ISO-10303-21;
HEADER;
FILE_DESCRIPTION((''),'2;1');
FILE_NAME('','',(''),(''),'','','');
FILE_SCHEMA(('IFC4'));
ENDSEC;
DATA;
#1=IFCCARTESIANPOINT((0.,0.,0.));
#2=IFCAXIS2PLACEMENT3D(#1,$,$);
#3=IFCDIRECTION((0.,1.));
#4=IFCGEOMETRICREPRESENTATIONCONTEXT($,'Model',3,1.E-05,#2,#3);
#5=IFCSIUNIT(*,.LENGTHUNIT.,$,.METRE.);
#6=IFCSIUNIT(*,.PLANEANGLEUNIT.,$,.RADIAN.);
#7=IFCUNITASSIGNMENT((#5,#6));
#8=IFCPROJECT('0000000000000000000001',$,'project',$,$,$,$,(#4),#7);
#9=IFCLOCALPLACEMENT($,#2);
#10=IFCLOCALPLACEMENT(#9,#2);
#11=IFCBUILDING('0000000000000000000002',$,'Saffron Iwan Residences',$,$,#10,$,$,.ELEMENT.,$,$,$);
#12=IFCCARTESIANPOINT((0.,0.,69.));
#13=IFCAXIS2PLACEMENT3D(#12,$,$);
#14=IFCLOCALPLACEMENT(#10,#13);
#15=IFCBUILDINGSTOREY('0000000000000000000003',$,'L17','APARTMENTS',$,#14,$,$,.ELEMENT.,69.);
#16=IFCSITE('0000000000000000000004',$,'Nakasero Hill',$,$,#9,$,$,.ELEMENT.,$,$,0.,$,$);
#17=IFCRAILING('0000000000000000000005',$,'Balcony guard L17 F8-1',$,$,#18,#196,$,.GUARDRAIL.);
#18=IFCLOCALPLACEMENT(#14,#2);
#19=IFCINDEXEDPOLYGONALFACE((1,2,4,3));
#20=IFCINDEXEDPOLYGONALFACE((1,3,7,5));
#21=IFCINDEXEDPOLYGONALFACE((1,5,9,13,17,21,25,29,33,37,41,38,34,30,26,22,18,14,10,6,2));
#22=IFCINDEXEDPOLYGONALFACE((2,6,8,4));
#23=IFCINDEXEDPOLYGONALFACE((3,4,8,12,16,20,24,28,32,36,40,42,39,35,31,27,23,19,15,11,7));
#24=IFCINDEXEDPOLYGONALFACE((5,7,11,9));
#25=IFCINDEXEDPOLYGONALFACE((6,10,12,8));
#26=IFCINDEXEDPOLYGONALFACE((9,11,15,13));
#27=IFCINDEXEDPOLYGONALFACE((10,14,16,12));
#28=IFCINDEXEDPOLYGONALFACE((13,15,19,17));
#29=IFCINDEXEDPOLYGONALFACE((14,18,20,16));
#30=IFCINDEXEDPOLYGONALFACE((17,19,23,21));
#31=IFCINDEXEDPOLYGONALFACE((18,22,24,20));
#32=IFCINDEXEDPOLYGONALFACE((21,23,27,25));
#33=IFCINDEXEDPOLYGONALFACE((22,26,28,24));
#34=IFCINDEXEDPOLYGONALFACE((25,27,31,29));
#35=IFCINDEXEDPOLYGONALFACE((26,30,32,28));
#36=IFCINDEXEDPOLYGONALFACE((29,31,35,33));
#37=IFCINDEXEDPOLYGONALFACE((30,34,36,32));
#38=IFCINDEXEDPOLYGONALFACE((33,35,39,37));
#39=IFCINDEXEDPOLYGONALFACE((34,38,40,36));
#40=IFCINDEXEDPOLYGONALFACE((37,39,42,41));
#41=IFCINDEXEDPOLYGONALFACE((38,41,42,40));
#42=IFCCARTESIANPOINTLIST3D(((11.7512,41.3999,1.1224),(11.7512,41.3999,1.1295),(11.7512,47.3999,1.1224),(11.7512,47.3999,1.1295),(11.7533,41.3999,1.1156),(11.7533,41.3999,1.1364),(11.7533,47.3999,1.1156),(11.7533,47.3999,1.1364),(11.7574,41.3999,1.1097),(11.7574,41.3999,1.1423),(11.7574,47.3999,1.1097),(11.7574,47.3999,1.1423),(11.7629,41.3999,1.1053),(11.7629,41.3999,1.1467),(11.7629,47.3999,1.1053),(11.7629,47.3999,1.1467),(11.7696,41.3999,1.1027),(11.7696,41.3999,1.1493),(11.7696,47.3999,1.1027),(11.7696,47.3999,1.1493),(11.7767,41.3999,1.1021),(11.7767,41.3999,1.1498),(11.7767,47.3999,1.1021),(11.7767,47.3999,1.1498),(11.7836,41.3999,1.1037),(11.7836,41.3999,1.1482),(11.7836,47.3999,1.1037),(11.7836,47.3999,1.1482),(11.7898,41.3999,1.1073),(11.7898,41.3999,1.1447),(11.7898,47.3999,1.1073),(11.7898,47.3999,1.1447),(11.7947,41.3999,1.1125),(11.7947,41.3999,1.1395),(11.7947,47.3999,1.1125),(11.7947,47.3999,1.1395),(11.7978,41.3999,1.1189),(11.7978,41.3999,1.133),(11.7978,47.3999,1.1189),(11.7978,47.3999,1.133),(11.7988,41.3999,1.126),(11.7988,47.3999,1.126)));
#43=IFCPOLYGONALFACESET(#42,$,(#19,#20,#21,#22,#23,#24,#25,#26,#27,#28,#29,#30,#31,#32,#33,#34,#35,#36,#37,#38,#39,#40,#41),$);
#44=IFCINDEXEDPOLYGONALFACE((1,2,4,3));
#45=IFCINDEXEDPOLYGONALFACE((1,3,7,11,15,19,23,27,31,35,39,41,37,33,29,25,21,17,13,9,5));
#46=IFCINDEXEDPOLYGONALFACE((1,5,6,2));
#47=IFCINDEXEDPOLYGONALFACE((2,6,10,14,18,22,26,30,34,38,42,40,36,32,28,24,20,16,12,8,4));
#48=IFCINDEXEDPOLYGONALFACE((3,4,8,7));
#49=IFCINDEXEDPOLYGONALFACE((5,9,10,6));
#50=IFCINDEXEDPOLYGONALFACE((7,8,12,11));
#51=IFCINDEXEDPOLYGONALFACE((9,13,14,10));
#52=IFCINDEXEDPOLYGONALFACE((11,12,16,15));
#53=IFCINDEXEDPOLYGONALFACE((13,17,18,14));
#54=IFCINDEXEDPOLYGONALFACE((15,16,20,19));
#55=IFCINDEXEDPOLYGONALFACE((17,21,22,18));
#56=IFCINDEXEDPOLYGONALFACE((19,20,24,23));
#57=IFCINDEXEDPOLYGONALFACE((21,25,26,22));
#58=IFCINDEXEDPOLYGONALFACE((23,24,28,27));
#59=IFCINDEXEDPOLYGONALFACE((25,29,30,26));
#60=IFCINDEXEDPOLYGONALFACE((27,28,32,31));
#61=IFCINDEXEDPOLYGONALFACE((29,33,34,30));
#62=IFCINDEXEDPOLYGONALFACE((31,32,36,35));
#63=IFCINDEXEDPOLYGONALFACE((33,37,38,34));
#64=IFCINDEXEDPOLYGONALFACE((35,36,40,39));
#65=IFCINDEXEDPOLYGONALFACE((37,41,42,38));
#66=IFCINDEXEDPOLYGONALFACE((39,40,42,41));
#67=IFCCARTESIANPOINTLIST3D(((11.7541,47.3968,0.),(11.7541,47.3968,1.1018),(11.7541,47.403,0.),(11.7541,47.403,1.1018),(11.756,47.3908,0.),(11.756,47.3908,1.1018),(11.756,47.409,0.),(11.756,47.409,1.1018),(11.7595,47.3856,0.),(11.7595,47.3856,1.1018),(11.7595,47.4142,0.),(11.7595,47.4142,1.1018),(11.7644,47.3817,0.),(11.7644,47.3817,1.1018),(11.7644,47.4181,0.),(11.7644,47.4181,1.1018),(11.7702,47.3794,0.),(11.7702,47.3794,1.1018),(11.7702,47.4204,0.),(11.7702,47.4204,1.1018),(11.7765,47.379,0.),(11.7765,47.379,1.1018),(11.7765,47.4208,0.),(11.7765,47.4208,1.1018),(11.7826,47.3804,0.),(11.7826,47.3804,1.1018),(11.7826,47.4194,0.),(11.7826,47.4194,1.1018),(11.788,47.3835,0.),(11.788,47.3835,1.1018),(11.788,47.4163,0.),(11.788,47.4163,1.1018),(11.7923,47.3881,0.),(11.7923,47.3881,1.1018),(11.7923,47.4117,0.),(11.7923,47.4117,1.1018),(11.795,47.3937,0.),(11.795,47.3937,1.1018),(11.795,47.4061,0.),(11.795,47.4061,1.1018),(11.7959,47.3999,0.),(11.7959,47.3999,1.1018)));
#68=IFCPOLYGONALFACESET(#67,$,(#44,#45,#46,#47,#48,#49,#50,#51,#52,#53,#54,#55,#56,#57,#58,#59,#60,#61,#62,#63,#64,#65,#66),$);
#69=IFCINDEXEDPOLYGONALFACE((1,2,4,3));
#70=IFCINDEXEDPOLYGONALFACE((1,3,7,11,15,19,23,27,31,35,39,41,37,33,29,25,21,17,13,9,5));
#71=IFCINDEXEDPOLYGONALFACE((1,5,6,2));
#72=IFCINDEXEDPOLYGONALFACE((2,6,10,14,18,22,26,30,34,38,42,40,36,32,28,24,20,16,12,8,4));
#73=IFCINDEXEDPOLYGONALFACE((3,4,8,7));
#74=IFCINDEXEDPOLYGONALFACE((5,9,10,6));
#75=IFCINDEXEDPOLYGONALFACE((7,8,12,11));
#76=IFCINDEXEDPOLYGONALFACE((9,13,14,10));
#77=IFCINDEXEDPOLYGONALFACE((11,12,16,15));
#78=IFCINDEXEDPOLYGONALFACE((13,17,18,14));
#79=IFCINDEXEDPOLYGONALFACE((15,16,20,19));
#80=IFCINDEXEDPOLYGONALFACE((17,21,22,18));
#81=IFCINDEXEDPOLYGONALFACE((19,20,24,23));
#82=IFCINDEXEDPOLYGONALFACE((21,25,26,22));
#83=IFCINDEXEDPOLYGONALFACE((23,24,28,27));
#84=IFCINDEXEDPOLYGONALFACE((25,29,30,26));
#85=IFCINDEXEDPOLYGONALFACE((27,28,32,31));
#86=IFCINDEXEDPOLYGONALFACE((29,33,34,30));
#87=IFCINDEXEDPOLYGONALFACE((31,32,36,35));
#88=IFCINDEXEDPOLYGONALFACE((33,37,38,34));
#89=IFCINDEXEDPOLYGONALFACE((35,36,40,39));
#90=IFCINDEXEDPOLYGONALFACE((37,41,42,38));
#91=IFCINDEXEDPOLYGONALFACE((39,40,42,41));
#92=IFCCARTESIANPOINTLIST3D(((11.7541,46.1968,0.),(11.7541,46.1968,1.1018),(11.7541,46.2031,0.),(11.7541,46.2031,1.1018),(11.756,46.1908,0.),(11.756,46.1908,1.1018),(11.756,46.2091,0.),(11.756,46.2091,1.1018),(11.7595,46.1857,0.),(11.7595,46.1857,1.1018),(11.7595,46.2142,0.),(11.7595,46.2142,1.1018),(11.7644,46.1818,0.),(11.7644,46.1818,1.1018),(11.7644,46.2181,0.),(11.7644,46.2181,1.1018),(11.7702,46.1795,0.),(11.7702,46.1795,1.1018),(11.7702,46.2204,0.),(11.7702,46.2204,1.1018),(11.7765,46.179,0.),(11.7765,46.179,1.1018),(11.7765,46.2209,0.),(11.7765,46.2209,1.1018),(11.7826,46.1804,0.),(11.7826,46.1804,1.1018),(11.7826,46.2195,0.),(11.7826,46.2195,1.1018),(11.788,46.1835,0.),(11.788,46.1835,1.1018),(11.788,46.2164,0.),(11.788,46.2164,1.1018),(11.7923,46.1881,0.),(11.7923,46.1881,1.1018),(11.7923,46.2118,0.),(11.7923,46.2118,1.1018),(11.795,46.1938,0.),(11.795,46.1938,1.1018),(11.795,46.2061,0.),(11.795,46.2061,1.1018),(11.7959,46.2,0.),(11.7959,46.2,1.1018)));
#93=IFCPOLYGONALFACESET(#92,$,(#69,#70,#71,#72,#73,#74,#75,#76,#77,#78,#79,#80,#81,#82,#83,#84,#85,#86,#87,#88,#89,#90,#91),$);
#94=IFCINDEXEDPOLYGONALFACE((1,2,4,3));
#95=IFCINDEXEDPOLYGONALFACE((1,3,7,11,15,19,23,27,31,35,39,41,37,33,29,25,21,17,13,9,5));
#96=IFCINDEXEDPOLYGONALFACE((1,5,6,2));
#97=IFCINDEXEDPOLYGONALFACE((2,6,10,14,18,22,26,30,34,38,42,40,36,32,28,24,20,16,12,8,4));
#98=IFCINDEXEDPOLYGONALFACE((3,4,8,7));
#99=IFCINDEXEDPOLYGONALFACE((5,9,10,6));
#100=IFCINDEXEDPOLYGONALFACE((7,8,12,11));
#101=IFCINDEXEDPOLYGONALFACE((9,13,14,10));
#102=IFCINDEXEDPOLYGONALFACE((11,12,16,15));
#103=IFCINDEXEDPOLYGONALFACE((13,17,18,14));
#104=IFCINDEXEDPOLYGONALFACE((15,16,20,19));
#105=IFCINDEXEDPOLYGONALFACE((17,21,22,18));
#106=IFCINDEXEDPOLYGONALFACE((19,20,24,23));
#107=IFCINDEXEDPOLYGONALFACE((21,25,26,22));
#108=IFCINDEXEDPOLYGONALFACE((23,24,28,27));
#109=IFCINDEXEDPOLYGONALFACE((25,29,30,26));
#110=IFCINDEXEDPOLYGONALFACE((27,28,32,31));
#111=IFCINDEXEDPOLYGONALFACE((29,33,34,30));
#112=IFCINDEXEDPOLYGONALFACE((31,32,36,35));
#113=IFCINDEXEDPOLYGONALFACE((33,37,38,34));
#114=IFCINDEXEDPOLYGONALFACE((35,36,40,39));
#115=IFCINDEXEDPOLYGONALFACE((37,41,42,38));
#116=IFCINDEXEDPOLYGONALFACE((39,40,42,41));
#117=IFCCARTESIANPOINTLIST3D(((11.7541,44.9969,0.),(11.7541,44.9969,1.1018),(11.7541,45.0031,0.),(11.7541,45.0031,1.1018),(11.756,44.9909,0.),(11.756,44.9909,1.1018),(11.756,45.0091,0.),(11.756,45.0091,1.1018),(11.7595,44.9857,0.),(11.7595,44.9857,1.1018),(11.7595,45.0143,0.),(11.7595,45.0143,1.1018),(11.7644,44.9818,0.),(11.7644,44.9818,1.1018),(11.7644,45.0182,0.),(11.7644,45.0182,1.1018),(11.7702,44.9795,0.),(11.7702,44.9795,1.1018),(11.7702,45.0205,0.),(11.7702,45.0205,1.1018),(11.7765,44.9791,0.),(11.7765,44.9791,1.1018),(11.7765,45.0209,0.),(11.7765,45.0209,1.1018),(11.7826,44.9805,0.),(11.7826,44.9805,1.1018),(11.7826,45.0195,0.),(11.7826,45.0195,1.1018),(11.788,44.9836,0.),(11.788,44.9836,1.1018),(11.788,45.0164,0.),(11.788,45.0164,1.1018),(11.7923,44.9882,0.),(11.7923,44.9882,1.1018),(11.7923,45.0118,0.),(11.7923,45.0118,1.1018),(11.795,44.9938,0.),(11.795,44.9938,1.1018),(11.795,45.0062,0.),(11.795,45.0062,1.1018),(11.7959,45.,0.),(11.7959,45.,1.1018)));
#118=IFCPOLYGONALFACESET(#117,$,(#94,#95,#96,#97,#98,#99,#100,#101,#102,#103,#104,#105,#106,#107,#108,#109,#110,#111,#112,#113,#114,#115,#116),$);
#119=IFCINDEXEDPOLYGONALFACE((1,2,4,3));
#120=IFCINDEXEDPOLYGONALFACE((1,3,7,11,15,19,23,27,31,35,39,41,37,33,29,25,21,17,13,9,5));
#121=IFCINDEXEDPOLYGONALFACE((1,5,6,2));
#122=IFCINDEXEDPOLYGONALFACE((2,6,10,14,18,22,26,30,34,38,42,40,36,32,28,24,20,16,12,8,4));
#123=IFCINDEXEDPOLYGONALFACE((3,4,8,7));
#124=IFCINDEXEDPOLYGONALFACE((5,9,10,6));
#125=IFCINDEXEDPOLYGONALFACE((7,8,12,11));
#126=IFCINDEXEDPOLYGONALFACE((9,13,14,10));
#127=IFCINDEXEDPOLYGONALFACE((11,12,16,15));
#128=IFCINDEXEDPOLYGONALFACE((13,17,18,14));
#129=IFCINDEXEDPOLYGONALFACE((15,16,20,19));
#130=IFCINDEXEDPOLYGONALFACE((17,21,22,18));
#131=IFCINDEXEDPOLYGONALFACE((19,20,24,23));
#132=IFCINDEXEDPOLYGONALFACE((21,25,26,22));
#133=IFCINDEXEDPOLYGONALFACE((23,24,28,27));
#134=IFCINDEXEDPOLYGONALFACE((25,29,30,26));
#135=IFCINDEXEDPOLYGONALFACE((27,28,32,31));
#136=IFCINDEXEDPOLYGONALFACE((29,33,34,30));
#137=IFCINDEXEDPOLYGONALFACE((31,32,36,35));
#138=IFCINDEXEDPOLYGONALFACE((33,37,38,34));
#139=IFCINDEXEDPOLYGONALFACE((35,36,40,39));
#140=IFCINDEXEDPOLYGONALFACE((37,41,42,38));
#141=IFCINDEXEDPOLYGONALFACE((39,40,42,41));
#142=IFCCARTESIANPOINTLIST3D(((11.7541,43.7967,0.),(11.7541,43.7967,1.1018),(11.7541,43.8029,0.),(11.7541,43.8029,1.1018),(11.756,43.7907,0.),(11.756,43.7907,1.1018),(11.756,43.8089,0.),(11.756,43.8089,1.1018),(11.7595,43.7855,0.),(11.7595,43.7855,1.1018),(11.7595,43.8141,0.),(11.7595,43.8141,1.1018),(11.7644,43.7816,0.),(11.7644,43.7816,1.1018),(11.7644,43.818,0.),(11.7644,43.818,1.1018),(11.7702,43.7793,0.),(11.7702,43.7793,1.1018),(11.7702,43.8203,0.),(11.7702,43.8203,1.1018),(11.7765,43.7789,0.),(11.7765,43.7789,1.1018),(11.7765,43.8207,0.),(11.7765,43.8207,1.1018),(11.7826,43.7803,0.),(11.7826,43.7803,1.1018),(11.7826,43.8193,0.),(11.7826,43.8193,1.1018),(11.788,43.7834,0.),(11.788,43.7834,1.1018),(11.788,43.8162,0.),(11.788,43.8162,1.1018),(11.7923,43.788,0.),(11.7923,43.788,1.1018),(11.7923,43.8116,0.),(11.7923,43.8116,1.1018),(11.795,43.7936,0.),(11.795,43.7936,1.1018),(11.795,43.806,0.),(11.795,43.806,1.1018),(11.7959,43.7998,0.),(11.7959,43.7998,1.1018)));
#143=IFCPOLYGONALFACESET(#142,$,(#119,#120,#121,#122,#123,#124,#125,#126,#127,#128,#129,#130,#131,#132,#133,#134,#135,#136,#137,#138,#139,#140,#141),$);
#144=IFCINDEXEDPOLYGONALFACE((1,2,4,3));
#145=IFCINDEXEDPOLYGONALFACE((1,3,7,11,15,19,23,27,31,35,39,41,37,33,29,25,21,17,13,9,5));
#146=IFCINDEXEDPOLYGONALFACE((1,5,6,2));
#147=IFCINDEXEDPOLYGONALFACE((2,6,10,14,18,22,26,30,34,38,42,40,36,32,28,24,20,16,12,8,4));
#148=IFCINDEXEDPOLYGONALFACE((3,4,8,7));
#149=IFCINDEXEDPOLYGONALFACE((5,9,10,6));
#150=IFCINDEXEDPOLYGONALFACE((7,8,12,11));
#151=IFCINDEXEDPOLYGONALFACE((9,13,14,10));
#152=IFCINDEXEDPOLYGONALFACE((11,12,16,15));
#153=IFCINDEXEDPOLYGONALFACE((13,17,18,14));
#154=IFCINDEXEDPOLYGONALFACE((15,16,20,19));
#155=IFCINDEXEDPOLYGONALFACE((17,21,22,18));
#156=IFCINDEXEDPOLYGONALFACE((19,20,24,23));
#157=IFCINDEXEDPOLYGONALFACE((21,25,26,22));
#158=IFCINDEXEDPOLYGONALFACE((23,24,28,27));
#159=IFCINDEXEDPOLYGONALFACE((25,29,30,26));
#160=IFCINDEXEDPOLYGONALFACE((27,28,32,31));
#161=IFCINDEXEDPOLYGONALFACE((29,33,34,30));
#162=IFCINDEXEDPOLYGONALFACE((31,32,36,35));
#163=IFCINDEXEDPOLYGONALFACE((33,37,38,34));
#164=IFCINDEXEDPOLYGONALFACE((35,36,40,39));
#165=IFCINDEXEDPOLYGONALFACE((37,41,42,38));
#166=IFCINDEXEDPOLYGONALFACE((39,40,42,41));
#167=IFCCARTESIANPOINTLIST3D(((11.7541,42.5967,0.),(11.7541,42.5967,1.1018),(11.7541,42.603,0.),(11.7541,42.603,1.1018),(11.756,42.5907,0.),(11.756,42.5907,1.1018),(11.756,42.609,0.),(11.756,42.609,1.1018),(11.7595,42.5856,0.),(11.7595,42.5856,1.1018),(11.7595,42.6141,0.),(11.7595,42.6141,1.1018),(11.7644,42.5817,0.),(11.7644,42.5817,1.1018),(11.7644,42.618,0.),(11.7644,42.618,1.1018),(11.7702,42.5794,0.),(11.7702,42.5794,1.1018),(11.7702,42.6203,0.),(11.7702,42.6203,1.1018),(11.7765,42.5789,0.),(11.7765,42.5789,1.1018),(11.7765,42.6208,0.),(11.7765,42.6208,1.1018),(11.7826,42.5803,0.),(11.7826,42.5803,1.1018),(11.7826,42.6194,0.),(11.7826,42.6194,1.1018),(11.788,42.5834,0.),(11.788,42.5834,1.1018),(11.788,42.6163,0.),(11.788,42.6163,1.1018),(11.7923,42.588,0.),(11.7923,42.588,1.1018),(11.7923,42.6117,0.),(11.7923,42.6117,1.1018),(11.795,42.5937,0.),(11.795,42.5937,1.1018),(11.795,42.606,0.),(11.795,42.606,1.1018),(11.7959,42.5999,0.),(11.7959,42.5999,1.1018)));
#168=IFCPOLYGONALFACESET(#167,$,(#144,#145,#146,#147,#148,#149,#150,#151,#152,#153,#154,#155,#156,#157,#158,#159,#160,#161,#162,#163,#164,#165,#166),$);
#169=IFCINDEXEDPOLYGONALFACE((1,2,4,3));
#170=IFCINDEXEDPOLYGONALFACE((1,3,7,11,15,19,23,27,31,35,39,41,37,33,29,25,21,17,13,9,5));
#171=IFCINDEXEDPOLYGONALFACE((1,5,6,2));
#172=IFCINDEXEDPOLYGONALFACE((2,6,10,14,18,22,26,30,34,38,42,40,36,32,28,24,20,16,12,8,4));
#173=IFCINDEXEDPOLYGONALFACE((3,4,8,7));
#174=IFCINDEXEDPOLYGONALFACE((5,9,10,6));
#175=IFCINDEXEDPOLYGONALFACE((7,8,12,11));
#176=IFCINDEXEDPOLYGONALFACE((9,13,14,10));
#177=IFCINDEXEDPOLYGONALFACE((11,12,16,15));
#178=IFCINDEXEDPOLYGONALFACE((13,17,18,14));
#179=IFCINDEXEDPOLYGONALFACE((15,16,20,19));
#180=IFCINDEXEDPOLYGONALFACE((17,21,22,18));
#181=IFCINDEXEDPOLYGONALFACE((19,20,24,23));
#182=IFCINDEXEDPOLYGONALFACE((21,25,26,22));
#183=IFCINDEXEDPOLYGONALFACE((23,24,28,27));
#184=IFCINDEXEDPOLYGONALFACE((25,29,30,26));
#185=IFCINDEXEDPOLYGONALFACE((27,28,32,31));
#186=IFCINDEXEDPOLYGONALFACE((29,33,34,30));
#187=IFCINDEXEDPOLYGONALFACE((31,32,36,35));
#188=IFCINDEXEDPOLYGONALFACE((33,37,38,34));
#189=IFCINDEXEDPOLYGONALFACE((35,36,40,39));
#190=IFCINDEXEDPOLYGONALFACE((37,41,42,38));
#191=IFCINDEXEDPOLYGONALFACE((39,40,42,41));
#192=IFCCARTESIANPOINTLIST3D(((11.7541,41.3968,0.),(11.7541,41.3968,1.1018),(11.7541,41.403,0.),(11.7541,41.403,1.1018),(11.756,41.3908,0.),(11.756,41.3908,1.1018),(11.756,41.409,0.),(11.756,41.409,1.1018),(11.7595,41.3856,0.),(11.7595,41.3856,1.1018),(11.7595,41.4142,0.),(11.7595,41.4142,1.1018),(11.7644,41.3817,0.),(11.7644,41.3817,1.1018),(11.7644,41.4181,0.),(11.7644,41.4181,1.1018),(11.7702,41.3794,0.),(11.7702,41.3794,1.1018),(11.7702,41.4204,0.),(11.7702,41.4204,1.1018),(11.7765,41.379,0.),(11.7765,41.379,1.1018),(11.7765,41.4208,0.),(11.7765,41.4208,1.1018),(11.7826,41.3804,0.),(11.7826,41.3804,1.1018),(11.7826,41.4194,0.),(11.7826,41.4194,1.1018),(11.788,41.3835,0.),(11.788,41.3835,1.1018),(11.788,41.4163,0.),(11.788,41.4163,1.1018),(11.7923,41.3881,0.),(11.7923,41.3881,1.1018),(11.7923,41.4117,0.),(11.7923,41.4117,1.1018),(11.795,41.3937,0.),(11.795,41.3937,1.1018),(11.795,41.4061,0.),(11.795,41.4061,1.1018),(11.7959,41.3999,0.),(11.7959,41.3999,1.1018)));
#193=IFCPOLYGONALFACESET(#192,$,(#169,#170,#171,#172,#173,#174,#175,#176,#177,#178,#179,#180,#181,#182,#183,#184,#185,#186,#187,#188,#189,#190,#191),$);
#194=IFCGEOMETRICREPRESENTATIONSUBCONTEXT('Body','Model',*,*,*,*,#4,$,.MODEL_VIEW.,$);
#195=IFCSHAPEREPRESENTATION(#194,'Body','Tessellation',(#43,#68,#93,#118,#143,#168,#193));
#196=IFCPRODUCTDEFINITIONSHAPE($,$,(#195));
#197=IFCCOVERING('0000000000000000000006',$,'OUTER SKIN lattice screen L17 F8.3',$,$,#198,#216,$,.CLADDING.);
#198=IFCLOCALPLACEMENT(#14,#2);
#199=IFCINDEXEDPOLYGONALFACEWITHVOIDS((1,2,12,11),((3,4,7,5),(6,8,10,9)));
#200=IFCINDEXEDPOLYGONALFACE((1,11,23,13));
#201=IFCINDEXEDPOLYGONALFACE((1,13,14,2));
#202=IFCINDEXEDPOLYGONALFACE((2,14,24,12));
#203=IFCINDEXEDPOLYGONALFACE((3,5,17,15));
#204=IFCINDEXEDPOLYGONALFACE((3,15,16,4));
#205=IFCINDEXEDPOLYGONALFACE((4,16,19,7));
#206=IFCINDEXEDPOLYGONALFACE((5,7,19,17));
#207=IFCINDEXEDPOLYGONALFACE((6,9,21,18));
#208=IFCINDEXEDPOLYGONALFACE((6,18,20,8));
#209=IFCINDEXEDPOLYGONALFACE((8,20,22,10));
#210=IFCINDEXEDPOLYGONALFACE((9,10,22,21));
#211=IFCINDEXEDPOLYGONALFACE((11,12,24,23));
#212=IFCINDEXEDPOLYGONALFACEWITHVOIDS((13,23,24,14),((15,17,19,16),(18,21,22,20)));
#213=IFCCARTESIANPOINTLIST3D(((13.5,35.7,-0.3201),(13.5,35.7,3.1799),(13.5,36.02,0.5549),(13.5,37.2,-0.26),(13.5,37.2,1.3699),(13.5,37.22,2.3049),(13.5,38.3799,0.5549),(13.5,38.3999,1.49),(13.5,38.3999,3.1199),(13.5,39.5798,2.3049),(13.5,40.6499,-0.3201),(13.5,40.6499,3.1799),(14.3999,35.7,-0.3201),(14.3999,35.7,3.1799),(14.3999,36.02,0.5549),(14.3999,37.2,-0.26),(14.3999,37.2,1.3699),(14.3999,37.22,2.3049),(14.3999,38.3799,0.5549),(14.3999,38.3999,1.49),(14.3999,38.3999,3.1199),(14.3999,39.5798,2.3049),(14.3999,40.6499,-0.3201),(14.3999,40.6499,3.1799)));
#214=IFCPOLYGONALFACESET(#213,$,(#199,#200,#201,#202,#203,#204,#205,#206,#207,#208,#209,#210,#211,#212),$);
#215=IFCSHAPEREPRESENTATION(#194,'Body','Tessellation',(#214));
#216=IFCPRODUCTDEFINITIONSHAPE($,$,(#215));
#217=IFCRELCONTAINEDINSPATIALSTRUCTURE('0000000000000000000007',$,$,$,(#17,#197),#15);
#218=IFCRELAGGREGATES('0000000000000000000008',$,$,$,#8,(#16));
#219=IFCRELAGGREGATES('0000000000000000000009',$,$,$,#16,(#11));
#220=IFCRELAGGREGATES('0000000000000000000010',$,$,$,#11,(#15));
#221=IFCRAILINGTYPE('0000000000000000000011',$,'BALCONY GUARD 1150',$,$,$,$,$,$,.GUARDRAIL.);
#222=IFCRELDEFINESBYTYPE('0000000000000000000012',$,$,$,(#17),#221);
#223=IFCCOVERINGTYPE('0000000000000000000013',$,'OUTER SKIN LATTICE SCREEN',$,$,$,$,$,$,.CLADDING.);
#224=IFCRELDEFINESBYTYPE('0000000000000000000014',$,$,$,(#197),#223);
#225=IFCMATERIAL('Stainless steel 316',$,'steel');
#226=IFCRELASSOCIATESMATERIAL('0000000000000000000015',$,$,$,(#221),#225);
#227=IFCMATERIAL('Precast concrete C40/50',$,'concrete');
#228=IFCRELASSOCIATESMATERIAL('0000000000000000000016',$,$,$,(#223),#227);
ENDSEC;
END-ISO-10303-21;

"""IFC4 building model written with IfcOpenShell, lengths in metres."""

from ifc_helpers import new_model, si_unit, direction, frame, origin, origin_2d, place, context, subcontext, project, spatial, polyline, circle, outline, extrude, material, type_object, element, save


model = new_model("IFC4")

# Units and contexts
model_context = context("Model", 3, precision=1e-05, world=origin(), true_north=direction((0.0, 1.0)))
body_context = subcontext(model_context, "Body", "Model", "MODEL_VIEW")
ifc_project = project(units=[si_unit("LENGTHUNIT", "METRE"), si_unit("PLANEANGLEUNIT", "RADIAN")], contexts=[model_context])

# Site, building, storey
site_placement = place(None, origin())
site = spatial("IfcSite", under=ifc_project, at=site_placement, Name="Nakasero Hill", CompositionType="ELEMENT", RefElevation=0.0)
building_placement = place(site_placement, origin())
building = spatial("IfcBuilding", under=site, at=building_placement, Name="Saffron Iwan Residences", CompositionType="ELEMENT")
storey_placement = place(building_placement, frame((0.0, 0.0, 69.0)))
storey = spatial("IfcBuildingStorey", under=building, at=storey_placement, Name="L17", Description="APARTMENTS", CompositionType="ELEMENT", Elevation=69.0)

# Railing
ifc_material_1 = material(Name="Stainless steel 316", Category="steel")
railing_type = type_object("IfcRailingType", Name="BALCONY GUARD 1150", PredefinedType="GUARDRAIL", material=ifc_material_1)
railing_placement = place(storey_placement, frame((11.7749, 47.3999, 0.0)))
element("IfcRailing", 1, at=railing_placement, inside=storey, type_object=railing_type, Name="Balcony guard L17 F8-1", PredefinedType="GUARDRAIL", context=body_context, shape_type="SweptSolid", body=[
    extrude(circle(Radius=0.0239, at=origin_2d()), frame((0.0, 0.0, 1.126), z_axis=(0.0, -1.0, 0.0), x_axis=(1.0, 0.0, 0.0)), (0.0, 0.0, 1.0), 6.0),
    extrude(circle(Radius=0.021, at=origin_2d()), origin(), (0.0, 0.0, 1.0), 1.1018),
    extrude(circle(Radius=0.021, at=origin_2d()), frame((0.0, -1.2, 0.0)), (0.0, 0.0, 1.0), 1.1018),
    extrude(circle(Radius=0.021, at=origin_2d()), frame((0.0, -2.3999, 0.0)), (0.0, 0.0, 1.0), 1.1018),
    extrude(circle(Radius=0.021, at=origin_2d()), frame((0.0, -3.6001, 0.0)), (0.0, 0.0, 1.0), 1.1018),
    extrude(circle(Radius=0.021, at=origin_2d()), frame((0.0, -4.8, 0.0)), (0.0, 0.0, 1.0), 1.1018),
    extrude(circle(Radius=0.021, at=origin_2d()), frame((0.0, -6.0, 0.0)), (0.0, 0.0, 1.0), 1.1018),
])

# Covering
ifc_material_2 = material(Name="Precast concrete C40/50", Category="concrete")
covering_type = type_object("IfcCoveringType", Name="OUTER SKIN LATTICE SCREEN", PredefinedType="CLADDING", material=ifc_material_2)
covering_placement = place(storey_placement, frame((14.3999, 40.6499, -0.3201), z_axis=(-1.0, 0.0, 0.0), x_axis=(0.0, -1.0, 0.0)))
element("IfcCovering", 2, at=covering_placement, inside=storey, type_object=covering_type, Name="OUTER SKIN lattice screen L17 F8.3", PredefinedType="CLADDING", context=body_context, shape_type="SweptSolid", body=[
    extrude(outline(polyline([(0.0, 0.0), (4.95, 0.0), (4.95, 3.5), (0.0, 3.5), (0.0, 0.0)]), holes=[polyline([(2.27, 0.875), (3.45, 0.0601), (4.6299, 0.875), (3.45, 1.6899), (2.27, 0.875)]), polyline([(1.0701, 2.625), (2.25, 1.8101), (3.4299, 2.625), (2.25, 3.4399), (1.0701, 2.625)])]), origin(), (0.0, 0.0, 1.0), 0.8999),
])

save(model, "model.ifc")
